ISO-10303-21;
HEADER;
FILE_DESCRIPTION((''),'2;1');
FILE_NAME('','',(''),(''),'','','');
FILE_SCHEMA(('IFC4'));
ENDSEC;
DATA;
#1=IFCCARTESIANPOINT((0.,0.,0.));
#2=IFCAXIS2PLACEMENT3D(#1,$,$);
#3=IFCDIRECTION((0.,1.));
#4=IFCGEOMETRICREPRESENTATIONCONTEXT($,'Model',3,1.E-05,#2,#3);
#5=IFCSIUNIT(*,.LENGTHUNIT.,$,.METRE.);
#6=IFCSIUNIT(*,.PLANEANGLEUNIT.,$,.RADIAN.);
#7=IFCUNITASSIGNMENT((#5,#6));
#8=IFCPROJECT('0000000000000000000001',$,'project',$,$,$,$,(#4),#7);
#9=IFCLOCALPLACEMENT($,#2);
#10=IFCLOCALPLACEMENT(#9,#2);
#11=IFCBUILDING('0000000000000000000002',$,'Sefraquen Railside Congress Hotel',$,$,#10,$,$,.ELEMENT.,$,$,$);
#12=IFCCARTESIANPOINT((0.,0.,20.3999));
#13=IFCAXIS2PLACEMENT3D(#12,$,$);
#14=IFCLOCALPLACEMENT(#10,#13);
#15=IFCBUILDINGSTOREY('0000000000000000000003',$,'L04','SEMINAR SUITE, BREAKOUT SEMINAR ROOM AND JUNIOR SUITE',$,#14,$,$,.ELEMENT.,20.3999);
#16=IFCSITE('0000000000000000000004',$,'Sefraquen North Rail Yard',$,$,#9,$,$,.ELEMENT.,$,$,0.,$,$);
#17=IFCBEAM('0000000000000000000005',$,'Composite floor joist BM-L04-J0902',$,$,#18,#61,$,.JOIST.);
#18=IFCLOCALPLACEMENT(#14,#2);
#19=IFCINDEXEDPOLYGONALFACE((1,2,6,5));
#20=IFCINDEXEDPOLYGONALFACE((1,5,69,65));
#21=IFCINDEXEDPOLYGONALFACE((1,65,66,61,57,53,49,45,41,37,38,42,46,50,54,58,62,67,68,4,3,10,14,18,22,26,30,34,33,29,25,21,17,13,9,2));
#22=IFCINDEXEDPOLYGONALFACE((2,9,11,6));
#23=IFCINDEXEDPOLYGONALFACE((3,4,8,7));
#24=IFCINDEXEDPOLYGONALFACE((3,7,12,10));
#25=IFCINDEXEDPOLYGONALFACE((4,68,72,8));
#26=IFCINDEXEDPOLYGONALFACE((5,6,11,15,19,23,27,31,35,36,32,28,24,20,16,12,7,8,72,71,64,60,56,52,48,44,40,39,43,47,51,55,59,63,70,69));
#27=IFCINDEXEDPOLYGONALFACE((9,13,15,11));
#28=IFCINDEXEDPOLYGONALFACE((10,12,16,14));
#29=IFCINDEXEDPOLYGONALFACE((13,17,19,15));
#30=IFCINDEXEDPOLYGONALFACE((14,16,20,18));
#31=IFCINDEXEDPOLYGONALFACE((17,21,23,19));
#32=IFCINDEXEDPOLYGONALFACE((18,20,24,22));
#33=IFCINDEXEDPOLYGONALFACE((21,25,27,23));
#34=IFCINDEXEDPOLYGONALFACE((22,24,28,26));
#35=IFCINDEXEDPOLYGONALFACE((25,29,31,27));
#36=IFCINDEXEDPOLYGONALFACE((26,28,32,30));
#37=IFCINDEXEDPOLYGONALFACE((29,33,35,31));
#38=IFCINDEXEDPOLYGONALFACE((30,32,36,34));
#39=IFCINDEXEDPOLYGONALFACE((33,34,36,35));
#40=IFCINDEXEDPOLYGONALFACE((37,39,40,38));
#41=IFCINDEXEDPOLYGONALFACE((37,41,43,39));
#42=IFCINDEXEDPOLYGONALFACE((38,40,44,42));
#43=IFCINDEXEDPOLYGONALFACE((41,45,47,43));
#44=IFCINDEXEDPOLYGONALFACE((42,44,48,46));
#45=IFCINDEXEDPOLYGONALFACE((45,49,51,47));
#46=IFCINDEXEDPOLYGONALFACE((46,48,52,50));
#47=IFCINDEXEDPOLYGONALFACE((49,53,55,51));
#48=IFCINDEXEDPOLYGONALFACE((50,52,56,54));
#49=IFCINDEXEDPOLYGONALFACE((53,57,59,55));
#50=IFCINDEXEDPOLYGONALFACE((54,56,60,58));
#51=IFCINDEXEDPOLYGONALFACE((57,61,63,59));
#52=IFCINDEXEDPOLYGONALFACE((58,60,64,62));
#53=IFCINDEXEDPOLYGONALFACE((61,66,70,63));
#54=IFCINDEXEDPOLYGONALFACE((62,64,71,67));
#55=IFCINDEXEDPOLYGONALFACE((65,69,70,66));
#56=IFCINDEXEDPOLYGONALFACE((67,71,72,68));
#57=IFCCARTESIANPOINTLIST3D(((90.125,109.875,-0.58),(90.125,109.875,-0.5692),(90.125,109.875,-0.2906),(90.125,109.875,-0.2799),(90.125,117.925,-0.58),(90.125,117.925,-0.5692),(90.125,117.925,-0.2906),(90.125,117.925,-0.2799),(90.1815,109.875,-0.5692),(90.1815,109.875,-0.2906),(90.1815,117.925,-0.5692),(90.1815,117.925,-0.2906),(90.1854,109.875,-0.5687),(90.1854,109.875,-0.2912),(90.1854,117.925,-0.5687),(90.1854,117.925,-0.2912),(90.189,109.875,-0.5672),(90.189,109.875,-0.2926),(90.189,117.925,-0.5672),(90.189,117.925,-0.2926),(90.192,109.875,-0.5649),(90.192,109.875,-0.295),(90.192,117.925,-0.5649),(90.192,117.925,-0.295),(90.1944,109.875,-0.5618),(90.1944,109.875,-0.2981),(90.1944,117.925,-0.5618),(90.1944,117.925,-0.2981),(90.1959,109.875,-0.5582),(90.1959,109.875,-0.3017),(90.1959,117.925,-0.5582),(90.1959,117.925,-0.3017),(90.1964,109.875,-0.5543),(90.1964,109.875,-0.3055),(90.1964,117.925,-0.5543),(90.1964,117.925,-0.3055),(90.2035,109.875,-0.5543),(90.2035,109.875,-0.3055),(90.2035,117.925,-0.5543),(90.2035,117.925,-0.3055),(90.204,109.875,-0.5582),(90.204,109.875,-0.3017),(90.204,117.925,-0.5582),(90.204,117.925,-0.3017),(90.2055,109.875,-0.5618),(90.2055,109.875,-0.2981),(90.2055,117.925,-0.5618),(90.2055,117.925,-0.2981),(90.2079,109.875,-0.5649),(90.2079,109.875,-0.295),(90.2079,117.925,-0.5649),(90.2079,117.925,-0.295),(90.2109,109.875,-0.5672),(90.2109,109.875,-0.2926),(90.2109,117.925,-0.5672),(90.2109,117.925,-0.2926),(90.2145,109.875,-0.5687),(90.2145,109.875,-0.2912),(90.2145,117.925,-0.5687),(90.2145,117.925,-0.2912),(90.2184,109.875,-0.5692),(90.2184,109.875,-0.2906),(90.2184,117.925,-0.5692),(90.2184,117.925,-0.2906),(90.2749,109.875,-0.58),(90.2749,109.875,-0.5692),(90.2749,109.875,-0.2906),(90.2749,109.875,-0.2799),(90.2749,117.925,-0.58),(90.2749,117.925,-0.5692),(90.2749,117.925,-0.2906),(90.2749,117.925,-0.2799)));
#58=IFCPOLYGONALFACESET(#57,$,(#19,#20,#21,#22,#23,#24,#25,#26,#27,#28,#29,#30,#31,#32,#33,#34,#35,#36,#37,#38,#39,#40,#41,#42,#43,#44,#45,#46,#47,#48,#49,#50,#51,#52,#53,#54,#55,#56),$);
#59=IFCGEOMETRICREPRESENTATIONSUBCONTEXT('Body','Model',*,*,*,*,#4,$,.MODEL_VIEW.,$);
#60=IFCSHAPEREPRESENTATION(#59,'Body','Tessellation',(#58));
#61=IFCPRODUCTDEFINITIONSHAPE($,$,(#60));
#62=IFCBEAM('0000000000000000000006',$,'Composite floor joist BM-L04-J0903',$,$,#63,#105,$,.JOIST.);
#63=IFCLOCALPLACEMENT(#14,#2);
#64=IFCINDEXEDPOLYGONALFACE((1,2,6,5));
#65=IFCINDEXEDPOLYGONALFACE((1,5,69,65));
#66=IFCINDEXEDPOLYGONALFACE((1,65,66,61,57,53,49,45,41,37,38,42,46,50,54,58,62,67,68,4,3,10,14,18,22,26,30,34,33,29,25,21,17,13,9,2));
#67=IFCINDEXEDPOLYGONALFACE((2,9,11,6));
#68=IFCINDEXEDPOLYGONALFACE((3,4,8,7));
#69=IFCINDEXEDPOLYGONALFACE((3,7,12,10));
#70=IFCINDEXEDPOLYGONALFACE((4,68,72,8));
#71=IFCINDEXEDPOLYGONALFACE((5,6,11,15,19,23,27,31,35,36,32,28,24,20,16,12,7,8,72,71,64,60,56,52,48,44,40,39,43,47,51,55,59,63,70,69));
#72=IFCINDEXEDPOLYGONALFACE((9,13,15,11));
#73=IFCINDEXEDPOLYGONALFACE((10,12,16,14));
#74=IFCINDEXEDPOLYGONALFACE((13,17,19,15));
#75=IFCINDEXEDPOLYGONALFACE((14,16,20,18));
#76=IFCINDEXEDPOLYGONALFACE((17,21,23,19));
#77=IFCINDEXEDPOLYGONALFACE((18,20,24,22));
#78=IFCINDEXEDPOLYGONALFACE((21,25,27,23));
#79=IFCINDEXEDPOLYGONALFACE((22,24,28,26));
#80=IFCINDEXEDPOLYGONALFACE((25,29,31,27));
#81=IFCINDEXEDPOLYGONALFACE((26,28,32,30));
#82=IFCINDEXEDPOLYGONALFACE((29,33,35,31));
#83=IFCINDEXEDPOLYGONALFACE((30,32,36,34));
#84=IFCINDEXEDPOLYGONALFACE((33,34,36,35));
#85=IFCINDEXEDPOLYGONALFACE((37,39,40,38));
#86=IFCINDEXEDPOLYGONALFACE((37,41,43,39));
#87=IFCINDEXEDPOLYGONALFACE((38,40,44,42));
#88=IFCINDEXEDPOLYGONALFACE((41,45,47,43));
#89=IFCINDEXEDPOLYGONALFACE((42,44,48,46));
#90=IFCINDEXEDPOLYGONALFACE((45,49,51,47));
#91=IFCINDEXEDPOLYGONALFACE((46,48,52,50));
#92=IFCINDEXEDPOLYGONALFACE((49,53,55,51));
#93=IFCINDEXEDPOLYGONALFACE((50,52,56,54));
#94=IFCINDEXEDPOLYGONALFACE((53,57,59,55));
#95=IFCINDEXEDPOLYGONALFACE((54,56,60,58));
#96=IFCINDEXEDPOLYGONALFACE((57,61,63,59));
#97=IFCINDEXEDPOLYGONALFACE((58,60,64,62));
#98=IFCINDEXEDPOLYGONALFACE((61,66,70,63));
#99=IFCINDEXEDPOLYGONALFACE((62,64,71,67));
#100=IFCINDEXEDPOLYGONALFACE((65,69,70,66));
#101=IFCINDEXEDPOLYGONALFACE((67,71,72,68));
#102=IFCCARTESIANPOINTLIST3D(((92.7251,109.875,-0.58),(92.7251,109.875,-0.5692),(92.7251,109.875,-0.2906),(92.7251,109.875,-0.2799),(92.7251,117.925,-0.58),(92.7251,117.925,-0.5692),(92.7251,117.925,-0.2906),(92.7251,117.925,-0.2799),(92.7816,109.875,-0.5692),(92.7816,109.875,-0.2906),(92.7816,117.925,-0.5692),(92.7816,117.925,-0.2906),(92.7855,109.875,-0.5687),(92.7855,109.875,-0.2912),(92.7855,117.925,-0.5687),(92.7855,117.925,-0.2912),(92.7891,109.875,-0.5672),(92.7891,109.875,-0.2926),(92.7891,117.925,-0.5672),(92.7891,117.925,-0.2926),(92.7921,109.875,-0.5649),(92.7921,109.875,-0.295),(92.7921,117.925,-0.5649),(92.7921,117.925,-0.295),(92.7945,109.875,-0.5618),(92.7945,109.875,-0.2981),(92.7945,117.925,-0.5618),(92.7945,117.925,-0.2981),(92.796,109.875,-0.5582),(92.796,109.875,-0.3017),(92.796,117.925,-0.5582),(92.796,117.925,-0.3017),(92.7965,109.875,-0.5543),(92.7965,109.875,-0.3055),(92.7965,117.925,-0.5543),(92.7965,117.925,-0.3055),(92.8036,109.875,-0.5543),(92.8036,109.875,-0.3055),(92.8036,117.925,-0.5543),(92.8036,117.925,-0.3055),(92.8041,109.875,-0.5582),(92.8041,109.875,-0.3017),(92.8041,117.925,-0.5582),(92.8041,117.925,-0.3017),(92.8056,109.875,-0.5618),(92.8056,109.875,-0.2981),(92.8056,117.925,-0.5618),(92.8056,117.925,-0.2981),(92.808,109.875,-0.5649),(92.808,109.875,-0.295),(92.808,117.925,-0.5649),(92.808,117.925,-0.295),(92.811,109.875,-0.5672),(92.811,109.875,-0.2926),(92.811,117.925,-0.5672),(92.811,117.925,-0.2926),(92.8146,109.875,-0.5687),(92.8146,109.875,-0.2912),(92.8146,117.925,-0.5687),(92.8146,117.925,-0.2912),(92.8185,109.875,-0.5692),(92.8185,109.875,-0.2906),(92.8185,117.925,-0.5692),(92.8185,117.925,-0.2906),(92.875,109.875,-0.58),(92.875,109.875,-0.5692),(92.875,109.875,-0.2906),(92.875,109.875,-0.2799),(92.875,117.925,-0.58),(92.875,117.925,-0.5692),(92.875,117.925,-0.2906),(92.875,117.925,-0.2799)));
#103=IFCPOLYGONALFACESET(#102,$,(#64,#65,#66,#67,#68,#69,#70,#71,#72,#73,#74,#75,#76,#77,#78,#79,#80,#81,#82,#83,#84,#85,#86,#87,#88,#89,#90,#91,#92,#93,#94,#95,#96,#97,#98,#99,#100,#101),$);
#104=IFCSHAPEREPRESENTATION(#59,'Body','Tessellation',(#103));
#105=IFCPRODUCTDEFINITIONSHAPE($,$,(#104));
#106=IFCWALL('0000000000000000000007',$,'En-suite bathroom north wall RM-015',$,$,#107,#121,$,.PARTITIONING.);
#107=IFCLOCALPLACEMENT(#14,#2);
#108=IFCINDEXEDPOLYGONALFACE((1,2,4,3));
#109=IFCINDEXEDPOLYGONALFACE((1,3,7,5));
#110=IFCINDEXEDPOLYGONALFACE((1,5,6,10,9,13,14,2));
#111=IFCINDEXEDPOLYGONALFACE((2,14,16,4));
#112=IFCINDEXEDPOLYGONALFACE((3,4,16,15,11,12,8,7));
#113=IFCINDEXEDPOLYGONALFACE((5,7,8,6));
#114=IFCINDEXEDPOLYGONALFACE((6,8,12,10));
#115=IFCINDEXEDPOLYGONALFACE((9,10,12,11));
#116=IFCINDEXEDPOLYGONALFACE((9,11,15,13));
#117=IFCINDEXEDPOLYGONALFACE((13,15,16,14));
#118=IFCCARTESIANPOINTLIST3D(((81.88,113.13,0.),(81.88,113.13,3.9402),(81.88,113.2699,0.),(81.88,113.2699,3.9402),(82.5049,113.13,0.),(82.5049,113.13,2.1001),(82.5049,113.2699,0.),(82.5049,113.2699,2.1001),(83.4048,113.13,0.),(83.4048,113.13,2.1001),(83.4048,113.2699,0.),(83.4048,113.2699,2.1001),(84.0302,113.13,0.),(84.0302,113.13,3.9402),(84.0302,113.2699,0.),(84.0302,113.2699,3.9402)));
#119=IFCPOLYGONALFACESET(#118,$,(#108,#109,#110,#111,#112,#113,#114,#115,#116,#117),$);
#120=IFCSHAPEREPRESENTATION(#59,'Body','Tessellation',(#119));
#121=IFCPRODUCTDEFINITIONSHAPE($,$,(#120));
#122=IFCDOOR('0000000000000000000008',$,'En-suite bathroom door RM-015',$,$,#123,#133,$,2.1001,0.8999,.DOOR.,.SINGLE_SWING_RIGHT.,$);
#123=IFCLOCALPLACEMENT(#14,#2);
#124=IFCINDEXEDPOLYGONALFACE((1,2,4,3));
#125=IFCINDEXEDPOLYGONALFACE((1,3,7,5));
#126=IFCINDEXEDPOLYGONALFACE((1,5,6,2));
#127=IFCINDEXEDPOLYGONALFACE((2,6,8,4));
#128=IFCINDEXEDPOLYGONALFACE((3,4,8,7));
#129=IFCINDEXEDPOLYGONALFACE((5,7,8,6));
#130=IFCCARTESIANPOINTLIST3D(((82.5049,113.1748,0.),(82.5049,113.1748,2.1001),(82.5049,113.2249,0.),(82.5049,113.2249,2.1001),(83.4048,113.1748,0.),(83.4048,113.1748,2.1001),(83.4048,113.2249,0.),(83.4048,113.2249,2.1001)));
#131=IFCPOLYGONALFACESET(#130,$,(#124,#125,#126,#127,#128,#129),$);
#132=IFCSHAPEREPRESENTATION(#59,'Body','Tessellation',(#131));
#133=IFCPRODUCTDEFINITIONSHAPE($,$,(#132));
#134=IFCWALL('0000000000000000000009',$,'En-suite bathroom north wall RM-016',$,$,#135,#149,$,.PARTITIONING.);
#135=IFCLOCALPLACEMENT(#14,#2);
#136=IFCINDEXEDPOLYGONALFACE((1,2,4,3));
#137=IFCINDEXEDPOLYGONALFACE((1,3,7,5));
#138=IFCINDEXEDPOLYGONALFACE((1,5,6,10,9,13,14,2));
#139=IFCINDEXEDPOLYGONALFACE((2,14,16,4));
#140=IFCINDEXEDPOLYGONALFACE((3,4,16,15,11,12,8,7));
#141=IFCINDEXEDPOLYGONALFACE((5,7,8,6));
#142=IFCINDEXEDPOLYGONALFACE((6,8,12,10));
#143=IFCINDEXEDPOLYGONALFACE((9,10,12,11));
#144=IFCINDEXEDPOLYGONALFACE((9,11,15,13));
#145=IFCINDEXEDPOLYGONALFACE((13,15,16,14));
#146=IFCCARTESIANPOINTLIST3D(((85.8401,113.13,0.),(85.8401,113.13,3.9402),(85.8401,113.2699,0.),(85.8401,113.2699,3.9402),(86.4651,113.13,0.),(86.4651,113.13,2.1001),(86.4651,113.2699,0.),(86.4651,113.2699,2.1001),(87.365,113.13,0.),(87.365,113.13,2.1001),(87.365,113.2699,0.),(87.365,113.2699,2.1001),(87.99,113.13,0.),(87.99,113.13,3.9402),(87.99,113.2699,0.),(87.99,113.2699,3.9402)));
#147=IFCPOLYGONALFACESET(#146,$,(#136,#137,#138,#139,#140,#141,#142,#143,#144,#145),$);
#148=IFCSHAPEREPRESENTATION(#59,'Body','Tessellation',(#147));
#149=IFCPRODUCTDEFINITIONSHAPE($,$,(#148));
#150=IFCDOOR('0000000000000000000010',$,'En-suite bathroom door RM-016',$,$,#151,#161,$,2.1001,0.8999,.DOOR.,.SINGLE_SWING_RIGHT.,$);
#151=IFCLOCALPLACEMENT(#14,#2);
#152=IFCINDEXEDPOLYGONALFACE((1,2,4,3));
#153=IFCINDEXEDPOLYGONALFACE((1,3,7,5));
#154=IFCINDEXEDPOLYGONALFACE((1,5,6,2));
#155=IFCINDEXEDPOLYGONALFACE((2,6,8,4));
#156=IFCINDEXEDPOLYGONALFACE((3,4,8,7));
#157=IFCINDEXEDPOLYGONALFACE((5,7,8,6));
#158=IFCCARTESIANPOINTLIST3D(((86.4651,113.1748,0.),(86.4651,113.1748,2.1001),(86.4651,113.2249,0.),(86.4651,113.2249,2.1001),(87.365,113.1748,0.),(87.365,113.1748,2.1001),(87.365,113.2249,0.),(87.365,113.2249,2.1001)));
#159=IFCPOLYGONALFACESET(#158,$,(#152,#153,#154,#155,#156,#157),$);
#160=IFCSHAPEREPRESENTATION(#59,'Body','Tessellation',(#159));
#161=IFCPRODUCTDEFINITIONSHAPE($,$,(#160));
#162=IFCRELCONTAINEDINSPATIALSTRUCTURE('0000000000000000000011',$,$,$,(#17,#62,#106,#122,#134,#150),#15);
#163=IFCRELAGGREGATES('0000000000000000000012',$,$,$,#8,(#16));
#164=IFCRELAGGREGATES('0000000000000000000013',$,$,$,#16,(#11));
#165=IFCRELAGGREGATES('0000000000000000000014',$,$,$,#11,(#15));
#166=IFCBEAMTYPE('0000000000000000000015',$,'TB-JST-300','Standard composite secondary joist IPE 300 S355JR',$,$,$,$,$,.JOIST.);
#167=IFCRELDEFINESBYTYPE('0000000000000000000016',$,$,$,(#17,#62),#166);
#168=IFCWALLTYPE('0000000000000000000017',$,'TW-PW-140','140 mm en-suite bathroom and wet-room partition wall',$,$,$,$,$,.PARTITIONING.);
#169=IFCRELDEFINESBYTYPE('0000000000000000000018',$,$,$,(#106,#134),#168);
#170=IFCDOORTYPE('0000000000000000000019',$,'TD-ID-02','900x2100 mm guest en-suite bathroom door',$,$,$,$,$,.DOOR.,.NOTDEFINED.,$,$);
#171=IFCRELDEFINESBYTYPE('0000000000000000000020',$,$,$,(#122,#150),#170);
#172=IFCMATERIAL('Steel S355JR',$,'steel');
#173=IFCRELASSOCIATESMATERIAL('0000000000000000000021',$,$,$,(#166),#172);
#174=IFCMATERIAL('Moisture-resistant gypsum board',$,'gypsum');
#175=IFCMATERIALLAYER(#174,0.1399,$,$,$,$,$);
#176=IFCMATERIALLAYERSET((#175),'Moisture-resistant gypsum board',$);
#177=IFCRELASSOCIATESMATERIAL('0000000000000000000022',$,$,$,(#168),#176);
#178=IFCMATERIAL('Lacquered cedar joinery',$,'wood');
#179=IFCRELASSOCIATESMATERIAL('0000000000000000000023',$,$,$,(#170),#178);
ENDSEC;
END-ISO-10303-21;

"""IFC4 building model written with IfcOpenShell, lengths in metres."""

from ifc_helpers import new_model, si_unit, direction, frame, frame_2d, origin, origin_2d, place, context, subcontext, project, spatial, rectangle, i_section, extrude, material, layer, layer_set, material_profile, profile_set, type_object, element, fill, save


model = new_model("IFC4")

# Units and contexts
model_context = context("Model", 3, precision=1e-05, world=origin(), true_north=direction((0.0, 1.0)))
body_context = subcontext(model_context, "Body", "Model", "MODEL_VIEW")
ifc_project = project(units=[si_unit("LENGTHUNIT", "METRE"), si_unit("PLANEANGLEUNIT", "RADIAN")], contexts=[model_context])

# Site, building, storey
site_placement = place(None, origin())
site = spatial("IfcSite", under=ifc_project, at=site_placement, Name="Sefraquen North Rail Yard", CompositionType="ELEMENT", RefElevation=0.0)
building_placement = place(site_placement, origin())
building = spatial("IfcBuilding", under=site, at=building_placement, Name="Sefraquen Railside Congress Hotel", CompositionType="ELEMENT")
storey_placement = place(building_placement, frame((0.0, 0.0, 20.3999)))
storey = spatial("IfcBuildingStorey", under=building, at=storey_placement, Name="L04", Description="SEMINAR SUITE, BREAKOUT SEMINAR ROOM AND JUNIOR SUITE", CompositionType="ELEMENT", Elevation=20.3999)

# Shared definitions
ifc_material_1 = material(Name="Steel S355JR", Category="steel")

# Beams
ifc_material_profile_1 = material_profile(ifc_material_1, i_section(OverallWidth=0.1499, OverallDepth=0.3, WebThickness=0.0071, FlangeThickness=0.0107, FilletRadius=0.0149, at=origin_2d()), Name="IPE 300")
ifc_profile_set_1 = profile_set([ifc_material_profile_1], Name="Steel S355JR")
beam_type_1 = type_object("IfcBeamType", Name="TB-JST-300", Description="Standard composite secondary joist IPE 300 S355JR", PredefinedType="JOIST", material=ifc_profile_set_1)
for number, where, z_axis, x_axis, name in (
    (1, (90.2, 109.875, -0.4299), (0.0, 1.0, 0.0), (-1.0, 0.0, 0.0), "Composite floor joist BM-L04-J0902"),
    (2, (92.8, 109.875, -0.4299), (0.0, 1.0, 0.0), (-1.0, 0.0, 0.0), "Composite floor joist BM-L04-J0903"),
):
    element("IfcBeam", number, at=place(storey_placement, frame(where, z_axis=z_axis, x_axis=x_axis)), inside=storey, type_object=beam_type_1, Name=name, PredefinedType="JOIST", context=body_context, shape_type="SweptSolid", body=[
        extrude(i_section(OverallWidth=0.1499, OverallDepth=0.3, WebThickness=0.0071, FlangeThickness=0.0107, FilletRadius=0.0149, at=origin_2d()), origin(), (0.0, 0.0, 1.0), 8.05),
    ])

# Walls, openings, doors
ifc_material_2 = material(Name="Moisture-resistant gypsum board", Category="gypsum")
ifc_layer_1 = layer(ifc_material_2, 0.1399)
ifc_layer_set_1 = layer_set([ifc_layer_1], Name="Moisture-resistant gypsum board")
wall_type = type_object("IfcWallType", Name="TW-PW-140", Description="140 mm en-suite bathroom and wet-room partition wall", PredefinedType="PARTITIONING", material=ifc_layer_set_1)
wall_1_placement = place(storey_placement, frame((81.8799, 113.2, 0.0), z_axis=(0.0, 0.0, 1.0), x_axis=(1.0, 0.0, 0.0)))
wall_1 = element("IfcWall", 3, at=wall_1_placement, inside=storey, type_object=wall_type, Name="En-suite bathroom north wall RM-015", PredefinedType="PARTITIONING", context=body_context, shape_type="SweptSolid", body=[
    extrude(rectangle(XDim=2.1501, YDim=0.1399, at=frame_2d((1.0752, 0.0))), origin(), (0.0, 0.0, 1.0), 3.9402),
])
opening_1_placement = place(wall_1_placement, frame((0.625, 0.0, 0.0)))
opening_1 = element("IfcOpeningElement", 4, at=opening_1_placement, cuts=wall_1, PredefinedType="OPENING", context=body_context, shape_type="SweptSolid", body=[
    extrude(rectangle(XDim=0.8999, YDim=2.1001, at=frame_2d((0.45, 1.05))), frame((0.0, 0.0798, 0.0), z_axis=(0.0, -1.0, 0.0), x_axis=(1.0, 0.0, 0.0)), (0.0, 0.0, 1.0), 0.1599),
])
ifc_material_3 = material(Name="Lacquered cedar joinery", Category="wood")
door_type = type_object("IfcDoorType", Name="TD-ID-02", Description="900x2100 mm guest en-suite bathroom door", OperationType="NOTDEFINED", PredefinedType="DOOR", material=ifc_material_3)
door_1_placement = place(opening_1_placement, origin())
door_1 = element("IfcDoor", 5, at=door_1_placement, inside=storey, type_object=door_type, Name="En-suite bathroom door RM-015", OperationType="SINGLE_SWING_RIGHT", OverallHeight=2.1001, OverallWidth=0.8999, PredefinedType="DOOR", context=body_context, shape_type="SweptSolid", body=[
    extrude(rectangle(XDim=0.8999, YDim=2.1001, at=frame_2d((0.45, 1.05))), frame((0.0, 0.0249, 0.0), z_axis=(0.0, -1.0, 0.0), x_axis=(1.0, 0.0, 0.0)), (0.0, 0.0, 1.0), 0.05),
])
fill(opening_1, door_1)
wall_2_placement = place(storey_placement, frame((85.8401, 113.2, 0.0), z_axis=(0.0, 0.0, 1.0), x_axis=(1.0, 0.0, 0.0)))
wall_2 = element("IfcWall", 6, at=wall_2_placement, inside=storey, type_object=wall_type, Name="En-suite bathroom north wall RM-016", PredefinedType="PARTITIONING", context=body_context, shape_type="SweptSolid", body=[
    extrude(rectangle(XDim=2.1499, YDim=0.1399, at=frame_2d((1.075, 0.0))), origin(), (0.0, 0.0, 1.0), 3.9402),
])
opening_2_placement = place(wall_2_placement, frame((0.625, 0.0, 0.0)))
opening_2 = element("IfcOpeningElement", 7, at=opening_2_placement, cuts=wall_2, PredefinedType="OPENING", context=body_context, shape_type="SweptSolid", body=[
    extrude(rectangle(XDim=0.8999, YDim=2.1001, at=frame_2d((0.45, 1.05))), frame((0.0, 0.0798, 0.0), z_axis=(0.0, -1.0, 0.0), x_axis=(1.0, 0.0, 0.0)), (0.0, 0.0, 1.0), 0.1599),
])
door_2_placement = place(opening_2_placement, origin())
door_2 = element("IfcDoor", 8, at=door_2_placement, inside=storey, type_object=door_type, Name="En-suite bathroom door RM-016", OperationType="SINGLE_SWING_RIGHT", OverallHeight=2.1001, OverallWidth=0.8999, PredefinedType="DOOR", context=body_context, shape_type="SweptSolid", body=[
    extrude(rectangle(XDim=0.8999, YDim=2.1001, at=frame_2d((0.45, 1.05))), frame((0.0, 0.0249, 0.0), z_axis=(0.0, -1.0, 0.0), x_axis=(1.0, 0.0, 0.0)), (0.0, 0.0, 1.0), 0.05),
])
fill(opening_2, door_2)

save(model, "model.ifc")
